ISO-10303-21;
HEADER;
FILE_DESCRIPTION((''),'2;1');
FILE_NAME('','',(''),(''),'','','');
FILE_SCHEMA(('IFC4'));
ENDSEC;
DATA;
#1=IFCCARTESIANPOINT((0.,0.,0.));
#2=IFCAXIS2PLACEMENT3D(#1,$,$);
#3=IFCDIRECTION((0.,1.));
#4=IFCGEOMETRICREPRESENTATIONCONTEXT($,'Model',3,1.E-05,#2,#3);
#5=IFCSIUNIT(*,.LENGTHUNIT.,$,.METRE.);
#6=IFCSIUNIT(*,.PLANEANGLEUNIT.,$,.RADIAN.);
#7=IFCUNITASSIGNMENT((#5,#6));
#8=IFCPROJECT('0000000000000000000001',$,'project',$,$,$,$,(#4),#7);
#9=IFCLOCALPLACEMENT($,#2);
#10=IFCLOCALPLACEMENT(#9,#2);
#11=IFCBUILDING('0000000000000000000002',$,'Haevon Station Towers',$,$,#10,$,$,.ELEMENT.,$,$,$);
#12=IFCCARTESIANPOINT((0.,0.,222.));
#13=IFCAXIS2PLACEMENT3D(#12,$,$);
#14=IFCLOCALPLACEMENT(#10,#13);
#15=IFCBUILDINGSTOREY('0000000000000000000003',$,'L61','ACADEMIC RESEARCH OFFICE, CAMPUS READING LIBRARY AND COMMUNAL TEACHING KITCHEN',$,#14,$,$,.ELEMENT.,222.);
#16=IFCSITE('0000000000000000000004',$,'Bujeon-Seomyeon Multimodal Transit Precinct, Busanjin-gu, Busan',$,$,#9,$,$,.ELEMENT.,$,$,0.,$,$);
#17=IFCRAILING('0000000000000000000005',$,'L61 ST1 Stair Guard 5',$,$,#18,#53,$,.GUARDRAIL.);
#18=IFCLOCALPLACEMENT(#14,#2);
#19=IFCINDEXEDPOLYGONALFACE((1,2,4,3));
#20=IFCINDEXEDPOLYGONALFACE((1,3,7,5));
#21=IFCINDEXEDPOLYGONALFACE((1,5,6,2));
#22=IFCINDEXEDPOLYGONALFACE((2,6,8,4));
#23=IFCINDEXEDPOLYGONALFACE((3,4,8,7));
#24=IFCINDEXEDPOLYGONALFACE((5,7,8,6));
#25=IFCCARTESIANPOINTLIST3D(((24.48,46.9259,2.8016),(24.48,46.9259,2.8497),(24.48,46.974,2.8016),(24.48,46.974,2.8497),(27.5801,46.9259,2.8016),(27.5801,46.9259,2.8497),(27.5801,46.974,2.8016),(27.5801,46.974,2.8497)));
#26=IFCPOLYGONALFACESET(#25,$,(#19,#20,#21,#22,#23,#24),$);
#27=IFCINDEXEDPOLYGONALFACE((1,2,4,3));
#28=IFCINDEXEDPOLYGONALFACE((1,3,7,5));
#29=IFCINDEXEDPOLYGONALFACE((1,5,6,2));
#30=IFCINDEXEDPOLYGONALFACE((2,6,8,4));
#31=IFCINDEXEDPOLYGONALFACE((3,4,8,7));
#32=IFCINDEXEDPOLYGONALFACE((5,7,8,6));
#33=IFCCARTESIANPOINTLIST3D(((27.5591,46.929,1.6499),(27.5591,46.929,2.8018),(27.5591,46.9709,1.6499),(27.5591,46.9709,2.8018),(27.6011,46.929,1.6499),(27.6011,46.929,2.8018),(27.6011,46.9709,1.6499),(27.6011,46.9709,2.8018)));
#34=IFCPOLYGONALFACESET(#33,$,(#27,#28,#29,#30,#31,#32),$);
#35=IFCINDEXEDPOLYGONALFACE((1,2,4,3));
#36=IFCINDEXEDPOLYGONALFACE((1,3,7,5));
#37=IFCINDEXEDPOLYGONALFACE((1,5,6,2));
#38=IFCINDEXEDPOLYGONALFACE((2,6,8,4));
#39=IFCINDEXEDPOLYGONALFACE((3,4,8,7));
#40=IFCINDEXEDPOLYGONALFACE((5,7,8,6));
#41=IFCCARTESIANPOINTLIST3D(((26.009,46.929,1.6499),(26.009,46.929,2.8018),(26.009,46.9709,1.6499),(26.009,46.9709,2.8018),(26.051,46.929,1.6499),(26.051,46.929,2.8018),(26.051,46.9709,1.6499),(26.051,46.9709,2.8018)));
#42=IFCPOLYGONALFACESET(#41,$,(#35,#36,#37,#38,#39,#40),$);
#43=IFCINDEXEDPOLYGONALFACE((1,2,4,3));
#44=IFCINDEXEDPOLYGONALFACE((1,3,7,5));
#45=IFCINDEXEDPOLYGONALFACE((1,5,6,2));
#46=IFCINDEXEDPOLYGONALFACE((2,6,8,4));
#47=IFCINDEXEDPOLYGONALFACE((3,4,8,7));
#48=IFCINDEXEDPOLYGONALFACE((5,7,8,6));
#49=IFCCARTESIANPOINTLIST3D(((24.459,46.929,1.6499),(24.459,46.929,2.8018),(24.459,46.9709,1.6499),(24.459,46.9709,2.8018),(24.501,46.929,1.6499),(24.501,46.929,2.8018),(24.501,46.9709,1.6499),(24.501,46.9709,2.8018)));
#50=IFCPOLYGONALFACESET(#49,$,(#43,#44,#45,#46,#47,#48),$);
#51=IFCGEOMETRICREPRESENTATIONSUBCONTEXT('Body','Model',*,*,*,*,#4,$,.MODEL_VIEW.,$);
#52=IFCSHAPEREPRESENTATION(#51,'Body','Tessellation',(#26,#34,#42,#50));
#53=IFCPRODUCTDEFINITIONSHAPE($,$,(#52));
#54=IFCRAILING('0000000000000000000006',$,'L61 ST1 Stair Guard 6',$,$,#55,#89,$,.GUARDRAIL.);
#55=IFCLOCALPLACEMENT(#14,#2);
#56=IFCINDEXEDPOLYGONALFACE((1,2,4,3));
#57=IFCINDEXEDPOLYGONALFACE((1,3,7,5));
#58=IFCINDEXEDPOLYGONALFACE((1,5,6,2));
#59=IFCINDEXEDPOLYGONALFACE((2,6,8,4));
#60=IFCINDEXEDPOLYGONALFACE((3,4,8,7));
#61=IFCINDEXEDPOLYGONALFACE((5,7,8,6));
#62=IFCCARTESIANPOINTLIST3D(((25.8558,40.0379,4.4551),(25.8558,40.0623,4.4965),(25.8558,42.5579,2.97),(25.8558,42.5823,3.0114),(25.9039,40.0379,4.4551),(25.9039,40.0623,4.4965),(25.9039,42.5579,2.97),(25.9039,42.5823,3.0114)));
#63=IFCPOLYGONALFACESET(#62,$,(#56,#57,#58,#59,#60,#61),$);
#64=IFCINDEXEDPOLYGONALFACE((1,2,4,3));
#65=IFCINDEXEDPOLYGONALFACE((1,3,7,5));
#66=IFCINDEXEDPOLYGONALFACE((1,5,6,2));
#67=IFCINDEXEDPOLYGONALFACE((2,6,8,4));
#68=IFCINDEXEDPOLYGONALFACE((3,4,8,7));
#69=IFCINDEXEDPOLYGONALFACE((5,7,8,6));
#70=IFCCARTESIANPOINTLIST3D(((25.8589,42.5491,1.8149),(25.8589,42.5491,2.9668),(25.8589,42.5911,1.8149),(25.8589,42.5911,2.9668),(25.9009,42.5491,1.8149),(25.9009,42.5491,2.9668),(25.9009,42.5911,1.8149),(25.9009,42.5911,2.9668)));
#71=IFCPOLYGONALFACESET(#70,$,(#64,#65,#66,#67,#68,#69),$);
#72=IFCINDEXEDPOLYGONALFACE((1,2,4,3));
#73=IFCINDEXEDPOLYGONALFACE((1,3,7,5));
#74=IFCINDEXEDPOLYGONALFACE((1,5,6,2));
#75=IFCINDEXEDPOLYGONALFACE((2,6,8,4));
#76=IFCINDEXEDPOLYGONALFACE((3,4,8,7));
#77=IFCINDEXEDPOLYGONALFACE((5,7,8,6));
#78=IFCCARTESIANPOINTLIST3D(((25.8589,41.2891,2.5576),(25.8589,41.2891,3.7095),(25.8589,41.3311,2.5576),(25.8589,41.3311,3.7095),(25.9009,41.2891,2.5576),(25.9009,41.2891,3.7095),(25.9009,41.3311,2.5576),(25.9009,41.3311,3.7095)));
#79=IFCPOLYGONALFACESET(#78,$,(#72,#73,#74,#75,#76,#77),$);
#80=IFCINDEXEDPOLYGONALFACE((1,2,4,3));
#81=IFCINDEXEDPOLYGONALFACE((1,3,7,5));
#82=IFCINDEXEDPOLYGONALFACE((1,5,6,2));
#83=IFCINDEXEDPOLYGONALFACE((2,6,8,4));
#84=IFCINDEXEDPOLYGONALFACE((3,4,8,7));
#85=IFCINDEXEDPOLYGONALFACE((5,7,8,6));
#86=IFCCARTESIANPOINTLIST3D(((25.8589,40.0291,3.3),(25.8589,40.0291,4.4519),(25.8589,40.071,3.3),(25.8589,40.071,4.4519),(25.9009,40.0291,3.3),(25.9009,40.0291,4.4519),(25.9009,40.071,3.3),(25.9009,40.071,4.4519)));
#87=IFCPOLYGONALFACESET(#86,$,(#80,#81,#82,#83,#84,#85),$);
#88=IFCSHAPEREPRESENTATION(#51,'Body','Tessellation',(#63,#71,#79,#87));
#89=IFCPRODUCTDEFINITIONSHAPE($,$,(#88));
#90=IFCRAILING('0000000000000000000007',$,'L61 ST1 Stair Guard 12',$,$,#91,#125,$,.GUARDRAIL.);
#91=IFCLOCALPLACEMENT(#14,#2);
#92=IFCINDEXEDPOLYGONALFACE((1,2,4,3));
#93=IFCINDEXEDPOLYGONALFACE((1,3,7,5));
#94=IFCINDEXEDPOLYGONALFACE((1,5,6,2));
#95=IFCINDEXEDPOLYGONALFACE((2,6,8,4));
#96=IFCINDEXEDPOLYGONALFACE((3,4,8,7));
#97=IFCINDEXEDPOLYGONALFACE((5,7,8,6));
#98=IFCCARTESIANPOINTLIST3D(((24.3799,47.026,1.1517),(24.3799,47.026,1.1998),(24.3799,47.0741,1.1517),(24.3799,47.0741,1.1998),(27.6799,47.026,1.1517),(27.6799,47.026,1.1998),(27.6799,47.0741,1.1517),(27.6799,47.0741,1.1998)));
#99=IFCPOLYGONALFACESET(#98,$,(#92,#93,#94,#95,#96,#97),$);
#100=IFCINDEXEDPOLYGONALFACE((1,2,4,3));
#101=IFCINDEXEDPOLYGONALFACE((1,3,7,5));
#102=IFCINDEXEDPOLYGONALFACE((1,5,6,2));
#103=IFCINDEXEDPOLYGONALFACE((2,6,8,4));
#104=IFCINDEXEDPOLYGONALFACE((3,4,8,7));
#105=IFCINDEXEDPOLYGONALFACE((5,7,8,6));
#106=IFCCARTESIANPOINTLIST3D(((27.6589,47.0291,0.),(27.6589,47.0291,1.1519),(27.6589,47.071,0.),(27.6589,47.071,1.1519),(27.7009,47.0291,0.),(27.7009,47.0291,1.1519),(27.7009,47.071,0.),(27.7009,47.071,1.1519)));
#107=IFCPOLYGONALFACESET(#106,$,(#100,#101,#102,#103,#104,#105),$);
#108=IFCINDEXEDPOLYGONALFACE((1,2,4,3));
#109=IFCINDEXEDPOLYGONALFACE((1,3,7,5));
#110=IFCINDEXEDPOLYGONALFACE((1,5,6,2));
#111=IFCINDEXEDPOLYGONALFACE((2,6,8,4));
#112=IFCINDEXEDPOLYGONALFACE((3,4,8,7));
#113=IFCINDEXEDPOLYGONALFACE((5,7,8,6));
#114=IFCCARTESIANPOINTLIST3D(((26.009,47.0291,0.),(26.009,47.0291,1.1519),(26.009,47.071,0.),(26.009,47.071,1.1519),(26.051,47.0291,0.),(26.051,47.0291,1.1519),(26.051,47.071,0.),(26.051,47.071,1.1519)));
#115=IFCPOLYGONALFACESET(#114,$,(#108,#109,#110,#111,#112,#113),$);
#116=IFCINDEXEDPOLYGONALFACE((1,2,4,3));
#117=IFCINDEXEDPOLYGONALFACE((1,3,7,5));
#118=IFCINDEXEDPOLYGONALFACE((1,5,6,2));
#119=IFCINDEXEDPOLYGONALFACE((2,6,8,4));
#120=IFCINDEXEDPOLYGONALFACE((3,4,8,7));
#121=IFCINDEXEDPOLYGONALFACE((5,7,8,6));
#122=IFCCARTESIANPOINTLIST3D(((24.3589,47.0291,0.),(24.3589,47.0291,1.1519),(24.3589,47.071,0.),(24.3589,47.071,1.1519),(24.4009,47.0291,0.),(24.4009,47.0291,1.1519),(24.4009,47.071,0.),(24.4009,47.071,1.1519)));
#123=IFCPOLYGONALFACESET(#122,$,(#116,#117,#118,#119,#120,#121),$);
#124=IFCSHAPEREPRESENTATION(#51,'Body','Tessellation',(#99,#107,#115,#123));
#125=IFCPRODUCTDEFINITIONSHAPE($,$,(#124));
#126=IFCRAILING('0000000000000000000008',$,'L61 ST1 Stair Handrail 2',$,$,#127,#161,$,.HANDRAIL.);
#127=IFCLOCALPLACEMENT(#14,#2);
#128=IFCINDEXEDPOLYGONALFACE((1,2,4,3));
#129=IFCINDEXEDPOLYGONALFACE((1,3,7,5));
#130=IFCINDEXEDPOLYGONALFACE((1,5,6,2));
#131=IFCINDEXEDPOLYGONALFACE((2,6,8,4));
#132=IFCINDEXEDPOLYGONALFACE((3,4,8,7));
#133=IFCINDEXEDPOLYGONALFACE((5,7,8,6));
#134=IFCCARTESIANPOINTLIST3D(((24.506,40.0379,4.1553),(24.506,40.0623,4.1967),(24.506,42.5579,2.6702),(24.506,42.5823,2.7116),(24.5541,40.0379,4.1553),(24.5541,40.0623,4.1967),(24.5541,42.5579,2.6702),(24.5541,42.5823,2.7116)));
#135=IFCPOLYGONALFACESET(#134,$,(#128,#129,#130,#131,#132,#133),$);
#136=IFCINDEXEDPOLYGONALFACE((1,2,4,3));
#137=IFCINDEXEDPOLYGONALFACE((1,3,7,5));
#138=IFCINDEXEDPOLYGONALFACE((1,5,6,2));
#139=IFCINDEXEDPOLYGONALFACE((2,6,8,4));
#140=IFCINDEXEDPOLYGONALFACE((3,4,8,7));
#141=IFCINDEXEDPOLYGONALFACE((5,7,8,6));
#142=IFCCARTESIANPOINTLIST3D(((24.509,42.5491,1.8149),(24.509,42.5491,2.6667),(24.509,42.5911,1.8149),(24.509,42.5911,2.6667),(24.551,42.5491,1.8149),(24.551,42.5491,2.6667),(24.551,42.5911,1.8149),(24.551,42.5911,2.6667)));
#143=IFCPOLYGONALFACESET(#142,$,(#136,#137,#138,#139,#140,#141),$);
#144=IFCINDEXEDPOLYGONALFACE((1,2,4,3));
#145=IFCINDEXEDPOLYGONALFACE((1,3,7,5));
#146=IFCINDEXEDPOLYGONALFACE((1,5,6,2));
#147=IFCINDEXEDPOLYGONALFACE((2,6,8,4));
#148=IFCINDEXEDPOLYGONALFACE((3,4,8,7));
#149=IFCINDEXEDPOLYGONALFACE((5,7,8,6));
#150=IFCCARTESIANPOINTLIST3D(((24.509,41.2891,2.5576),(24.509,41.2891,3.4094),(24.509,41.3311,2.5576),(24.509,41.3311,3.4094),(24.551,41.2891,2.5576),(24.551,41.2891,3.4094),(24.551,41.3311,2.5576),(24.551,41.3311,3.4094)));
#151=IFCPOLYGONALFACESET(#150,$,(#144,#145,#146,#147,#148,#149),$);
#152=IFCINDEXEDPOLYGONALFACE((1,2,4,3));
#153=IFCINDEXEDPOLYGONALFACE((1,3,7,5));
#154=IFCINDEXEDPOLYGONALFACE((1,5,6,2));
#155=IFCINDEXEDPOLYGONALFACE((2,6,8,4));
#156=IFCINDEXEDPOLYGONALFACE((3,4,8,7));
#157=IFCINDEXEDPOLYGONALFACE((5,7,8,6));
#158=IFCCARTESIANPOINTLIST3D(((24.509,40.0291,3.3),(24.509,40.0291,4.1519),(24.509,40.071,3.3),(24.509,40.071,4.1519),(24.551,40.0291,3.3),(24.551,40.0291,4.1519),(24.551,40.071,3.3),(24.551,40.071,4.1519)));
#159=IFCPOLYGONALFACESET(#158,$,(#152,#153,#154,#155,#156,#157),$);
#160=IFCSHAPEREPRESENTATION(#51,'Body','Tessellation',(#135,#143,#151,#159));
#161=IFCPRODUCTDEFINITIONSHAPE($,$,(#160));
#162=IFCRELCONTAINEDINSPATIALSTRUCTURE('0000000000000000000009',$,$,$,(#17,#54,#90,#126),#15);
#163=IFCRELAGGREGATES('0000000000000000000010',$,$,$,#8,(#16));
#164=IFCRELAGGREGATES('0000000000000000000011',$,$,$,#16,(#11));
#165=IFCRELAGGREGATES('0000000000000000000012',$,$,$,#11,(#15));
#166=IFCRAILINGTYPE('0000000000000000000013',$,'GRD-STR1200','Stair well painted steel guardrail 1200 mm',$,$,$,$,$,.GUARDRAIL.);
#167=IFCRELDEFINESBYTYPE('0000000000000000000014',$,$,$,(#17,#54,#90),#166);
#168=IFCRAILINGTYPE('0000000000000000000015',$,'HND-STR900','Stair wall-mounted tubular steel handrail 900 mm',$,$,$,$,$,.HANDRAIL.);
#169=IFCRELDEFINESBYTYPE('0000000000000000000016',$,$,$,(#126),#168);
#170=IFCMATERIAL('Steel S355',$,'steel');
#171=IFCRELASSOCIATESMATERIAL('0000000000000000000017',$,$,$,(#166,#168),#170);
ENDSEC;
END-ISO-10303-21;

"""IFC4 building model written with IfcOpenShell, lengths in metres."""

from ifc_helpers import new_model, si_unit, direction, frame, origin, origin_2d, place, context, subcontext, project, spatial, rectangle, extrude, material, type_object, element, save


model = new_model("IFC4")

# Units and contexts
model_context = context("Model", 3, precision=1e-05, world=origin(), true_north=direction((0.0, 1.0)))
body_context = subcontext(model_context, "Body", "Model", "MODEL_VIEW")
ifc_project = project(units=[si_unit("LENGTHUNIT", "METRE"), si_unit("PLANEANGLEUNIT", "RADIAN")], contexts=[model_context])

# Site, building, storey
site_placement = place(None, origin())
site = spatial("IfcSite", under=ifc_project, at=site_placement, Name="Bujeon-Seomyeon Multimodal Transit Precinct, Busanjin-gu, Busan", CompositionType="ELEMENT", RefElevation=0.0)
building_placement = place(site_placement, origin())
building = spatial("IfcBuilding", under=site, at=building_placement, Name="Haevon Station Towers", CompositionType="ELEMENT")
storey_placement = place(building_placement, frame((0.0, 0.0, 222.0)))
storey = spatial("IfcBuildingStorey", under=building, at=storey_placement, Name="L61", Description="ACADEMIC RESEARCH OFFICE, CAMPUS READING LIBRARY AND COMMUNAL TEACHING KITCHEN", CompositionType="ELEMENT", Elevation=222.0)

# Shared definitions
ifc_material_1 = material(Name="Steel S355", Category="steel")

# Railings
railing_type_1 = type_object("IfcRailingType", Name="GRD-STR1200", Description="Stair well painted steel guardrail 1200 mm", PredefinedType="GUARDRAIL", material=ifc_material_1)
railing_1_placement = place(storey_placement, frame((27.5801, 46.95, 1.6499)))
element("IfcRailing", 1, at=railing_1_placement, inside=storey, type_object=railing_type_1, Name="L61 ST1 Stair Guard 5", PredefinedType="GUARDRAIL", context=body_context, shape_type="SweptSolid", body=[
    extrude(rectangle(XDim=0.0481, YDim=0.0481, at=origin_2d()), frame((0.0, 0.0, 1.1758), z_axis=(-1.0, 0.0, 0.0), x_axis=(0.0, -1.0, 0.0)), (0.0, 0.0, 1.0), 3.1001),
    extrude(rectangle(XDim=0.042, YDim=0.042, at=origin_2d()), origin(), (0.0, 0.0, 1.0), 1.1519),
    extrude(rectangle(XDim=0.042, YDim=0.042, at=origin_2d()), frame((-1.55, 0.0, 0.0)), (0.0, 0.0, 1.0), 1.1519),
    extrude(rectangle(XDim=0.042, YDim=0.042, at=origin_2d()), frame((-3.1001, 0.0, 0.0)), (0.0, 0.0, 1.0), 1.1519),
])
railing_2_placement = place(storey_placement, frame((25.8799, 42.5701, 1.8149)))
element("IfcRailing", 2, at=railing_2_placement, inside=storey, type_object=railing_type_1, Name="L61 ST1 Stair Guard 6", PredefinedType="GUARDRAIL", context=body_context, shape_type="SweptSolid", body=[
    extrude(rectangle(XDim=0.0481, YDim=0.0481, at=origin_2d()), frame((0.0, 0.0, 1.1758), z_axis=(0.0, -0.861524, 0.507717), x_axis=(1.0, 0.0, 0.0)), (0.0, 0.0, 1.0), 2.925),
    extrude(rectangle(XDim=0.042, YDim=0.042, at=origin_2d()), origin(), (0.0, 0.0, 1.0), 1.1519),
    extrude(rectangle(XDim=0.042, YDim=0.042, at=origin_2d()), frame((0.0, -1.26, 0.7427)), (0.0, 0.0, 1.0), 1.1519),
    extrude(rectangle(XDim=0.042, YDim=0.042, at=origin_2d()), frame((0.0, -2.52, 1.4851)), (0.0, 0.0, 1.0), 1.1519),
])
railing_3_placement = place(storey_placement, frame((27.6799, 47.05, 0.0)))
element("IfcRailing", 3, at=railing_3_placement, inside=storey, type_object=railing_type_1, Name="L61 ST1 Stair Guard 12", PredefinedType="GUARDRAIL", context=body_context, shape_type="SweptSolid", body=[
    extrude(rectangle(XDim=0.0481, YDim=0.0481, at=origin_2d()), frame((0.0, 0.0, 1.1758), z_axis=(-1.0, 0.0, 0.0), x_axis=(0.0, -1.0, 0.0)), (0.0, 0.0, 1.0), 3.3),
    extrude(rectangle(XDim=0.042, YDim=0.042, at=origin_2d()), origin(), (0.0, 0.0, 1.0), 1.1519),
    extrude(rectangle(XDim=0.042, YDim=0.042, at=origin_2d()), frame((-1.6499, 0.0, 0.0)), (0.0, 0.0, 1.0), 1.1519),
    extrude(rectangle(XDim=0.042, YDim=0.042, at=origin_2d()), frame((-3.3, 0.0, 0.0)), (0.0, 0.0, 1.0), 1.1519),
])
railing_type_2 = type_object("IfcRailingType", Name="HND-STR900", Description="Stair wall-mounted tubular steel handrail 900 mm", PredefinedType="HANDRAIL", material=ifc_material_1)
railing_4_placement = place(storey_placement, frame((24.53, 42.5701, 1.8149)))
element("IfcRailing", 4, at=railing_4_placement, inside=storey, type_object=railing_type_2, Name="L61 ST1 Stair Handrail 2", PredefinedType="HANDRAIL", context=body_context, shape_type="SweptSolid", body=[
    extrude(rectangle(XDim=0.0481, YDim=0.0481, at=origin_2d()), frame((0.0, 0.0, 0.876), z_axis=(0.0, -0.861524, 0.507717), x_axis=(1.0, 0.0, 0.0)), (0.0, 0.0, 1.0), 2.925),
    extrude(rectangle(XDim=0.042, YDim=0.042, at=origin_2d()), origin(), (0.0, 0.0, 1.0), 0.8518),
    extrude(rectangle(XDim=0.042, YDim=0.042, at=origin_2d()), frame((0.0, -1.26, 0.7427)), (0.0, 0.0, 1.0), 0.8518),
    extrude(rectangle(XDim=0.042, YDim=0.042, at=origin_2d()), frame((0.0, -2.52, 1.4851)), (0.0, 0.0, 1.0), 0.8518),
])

save(model, "model.ifc")
